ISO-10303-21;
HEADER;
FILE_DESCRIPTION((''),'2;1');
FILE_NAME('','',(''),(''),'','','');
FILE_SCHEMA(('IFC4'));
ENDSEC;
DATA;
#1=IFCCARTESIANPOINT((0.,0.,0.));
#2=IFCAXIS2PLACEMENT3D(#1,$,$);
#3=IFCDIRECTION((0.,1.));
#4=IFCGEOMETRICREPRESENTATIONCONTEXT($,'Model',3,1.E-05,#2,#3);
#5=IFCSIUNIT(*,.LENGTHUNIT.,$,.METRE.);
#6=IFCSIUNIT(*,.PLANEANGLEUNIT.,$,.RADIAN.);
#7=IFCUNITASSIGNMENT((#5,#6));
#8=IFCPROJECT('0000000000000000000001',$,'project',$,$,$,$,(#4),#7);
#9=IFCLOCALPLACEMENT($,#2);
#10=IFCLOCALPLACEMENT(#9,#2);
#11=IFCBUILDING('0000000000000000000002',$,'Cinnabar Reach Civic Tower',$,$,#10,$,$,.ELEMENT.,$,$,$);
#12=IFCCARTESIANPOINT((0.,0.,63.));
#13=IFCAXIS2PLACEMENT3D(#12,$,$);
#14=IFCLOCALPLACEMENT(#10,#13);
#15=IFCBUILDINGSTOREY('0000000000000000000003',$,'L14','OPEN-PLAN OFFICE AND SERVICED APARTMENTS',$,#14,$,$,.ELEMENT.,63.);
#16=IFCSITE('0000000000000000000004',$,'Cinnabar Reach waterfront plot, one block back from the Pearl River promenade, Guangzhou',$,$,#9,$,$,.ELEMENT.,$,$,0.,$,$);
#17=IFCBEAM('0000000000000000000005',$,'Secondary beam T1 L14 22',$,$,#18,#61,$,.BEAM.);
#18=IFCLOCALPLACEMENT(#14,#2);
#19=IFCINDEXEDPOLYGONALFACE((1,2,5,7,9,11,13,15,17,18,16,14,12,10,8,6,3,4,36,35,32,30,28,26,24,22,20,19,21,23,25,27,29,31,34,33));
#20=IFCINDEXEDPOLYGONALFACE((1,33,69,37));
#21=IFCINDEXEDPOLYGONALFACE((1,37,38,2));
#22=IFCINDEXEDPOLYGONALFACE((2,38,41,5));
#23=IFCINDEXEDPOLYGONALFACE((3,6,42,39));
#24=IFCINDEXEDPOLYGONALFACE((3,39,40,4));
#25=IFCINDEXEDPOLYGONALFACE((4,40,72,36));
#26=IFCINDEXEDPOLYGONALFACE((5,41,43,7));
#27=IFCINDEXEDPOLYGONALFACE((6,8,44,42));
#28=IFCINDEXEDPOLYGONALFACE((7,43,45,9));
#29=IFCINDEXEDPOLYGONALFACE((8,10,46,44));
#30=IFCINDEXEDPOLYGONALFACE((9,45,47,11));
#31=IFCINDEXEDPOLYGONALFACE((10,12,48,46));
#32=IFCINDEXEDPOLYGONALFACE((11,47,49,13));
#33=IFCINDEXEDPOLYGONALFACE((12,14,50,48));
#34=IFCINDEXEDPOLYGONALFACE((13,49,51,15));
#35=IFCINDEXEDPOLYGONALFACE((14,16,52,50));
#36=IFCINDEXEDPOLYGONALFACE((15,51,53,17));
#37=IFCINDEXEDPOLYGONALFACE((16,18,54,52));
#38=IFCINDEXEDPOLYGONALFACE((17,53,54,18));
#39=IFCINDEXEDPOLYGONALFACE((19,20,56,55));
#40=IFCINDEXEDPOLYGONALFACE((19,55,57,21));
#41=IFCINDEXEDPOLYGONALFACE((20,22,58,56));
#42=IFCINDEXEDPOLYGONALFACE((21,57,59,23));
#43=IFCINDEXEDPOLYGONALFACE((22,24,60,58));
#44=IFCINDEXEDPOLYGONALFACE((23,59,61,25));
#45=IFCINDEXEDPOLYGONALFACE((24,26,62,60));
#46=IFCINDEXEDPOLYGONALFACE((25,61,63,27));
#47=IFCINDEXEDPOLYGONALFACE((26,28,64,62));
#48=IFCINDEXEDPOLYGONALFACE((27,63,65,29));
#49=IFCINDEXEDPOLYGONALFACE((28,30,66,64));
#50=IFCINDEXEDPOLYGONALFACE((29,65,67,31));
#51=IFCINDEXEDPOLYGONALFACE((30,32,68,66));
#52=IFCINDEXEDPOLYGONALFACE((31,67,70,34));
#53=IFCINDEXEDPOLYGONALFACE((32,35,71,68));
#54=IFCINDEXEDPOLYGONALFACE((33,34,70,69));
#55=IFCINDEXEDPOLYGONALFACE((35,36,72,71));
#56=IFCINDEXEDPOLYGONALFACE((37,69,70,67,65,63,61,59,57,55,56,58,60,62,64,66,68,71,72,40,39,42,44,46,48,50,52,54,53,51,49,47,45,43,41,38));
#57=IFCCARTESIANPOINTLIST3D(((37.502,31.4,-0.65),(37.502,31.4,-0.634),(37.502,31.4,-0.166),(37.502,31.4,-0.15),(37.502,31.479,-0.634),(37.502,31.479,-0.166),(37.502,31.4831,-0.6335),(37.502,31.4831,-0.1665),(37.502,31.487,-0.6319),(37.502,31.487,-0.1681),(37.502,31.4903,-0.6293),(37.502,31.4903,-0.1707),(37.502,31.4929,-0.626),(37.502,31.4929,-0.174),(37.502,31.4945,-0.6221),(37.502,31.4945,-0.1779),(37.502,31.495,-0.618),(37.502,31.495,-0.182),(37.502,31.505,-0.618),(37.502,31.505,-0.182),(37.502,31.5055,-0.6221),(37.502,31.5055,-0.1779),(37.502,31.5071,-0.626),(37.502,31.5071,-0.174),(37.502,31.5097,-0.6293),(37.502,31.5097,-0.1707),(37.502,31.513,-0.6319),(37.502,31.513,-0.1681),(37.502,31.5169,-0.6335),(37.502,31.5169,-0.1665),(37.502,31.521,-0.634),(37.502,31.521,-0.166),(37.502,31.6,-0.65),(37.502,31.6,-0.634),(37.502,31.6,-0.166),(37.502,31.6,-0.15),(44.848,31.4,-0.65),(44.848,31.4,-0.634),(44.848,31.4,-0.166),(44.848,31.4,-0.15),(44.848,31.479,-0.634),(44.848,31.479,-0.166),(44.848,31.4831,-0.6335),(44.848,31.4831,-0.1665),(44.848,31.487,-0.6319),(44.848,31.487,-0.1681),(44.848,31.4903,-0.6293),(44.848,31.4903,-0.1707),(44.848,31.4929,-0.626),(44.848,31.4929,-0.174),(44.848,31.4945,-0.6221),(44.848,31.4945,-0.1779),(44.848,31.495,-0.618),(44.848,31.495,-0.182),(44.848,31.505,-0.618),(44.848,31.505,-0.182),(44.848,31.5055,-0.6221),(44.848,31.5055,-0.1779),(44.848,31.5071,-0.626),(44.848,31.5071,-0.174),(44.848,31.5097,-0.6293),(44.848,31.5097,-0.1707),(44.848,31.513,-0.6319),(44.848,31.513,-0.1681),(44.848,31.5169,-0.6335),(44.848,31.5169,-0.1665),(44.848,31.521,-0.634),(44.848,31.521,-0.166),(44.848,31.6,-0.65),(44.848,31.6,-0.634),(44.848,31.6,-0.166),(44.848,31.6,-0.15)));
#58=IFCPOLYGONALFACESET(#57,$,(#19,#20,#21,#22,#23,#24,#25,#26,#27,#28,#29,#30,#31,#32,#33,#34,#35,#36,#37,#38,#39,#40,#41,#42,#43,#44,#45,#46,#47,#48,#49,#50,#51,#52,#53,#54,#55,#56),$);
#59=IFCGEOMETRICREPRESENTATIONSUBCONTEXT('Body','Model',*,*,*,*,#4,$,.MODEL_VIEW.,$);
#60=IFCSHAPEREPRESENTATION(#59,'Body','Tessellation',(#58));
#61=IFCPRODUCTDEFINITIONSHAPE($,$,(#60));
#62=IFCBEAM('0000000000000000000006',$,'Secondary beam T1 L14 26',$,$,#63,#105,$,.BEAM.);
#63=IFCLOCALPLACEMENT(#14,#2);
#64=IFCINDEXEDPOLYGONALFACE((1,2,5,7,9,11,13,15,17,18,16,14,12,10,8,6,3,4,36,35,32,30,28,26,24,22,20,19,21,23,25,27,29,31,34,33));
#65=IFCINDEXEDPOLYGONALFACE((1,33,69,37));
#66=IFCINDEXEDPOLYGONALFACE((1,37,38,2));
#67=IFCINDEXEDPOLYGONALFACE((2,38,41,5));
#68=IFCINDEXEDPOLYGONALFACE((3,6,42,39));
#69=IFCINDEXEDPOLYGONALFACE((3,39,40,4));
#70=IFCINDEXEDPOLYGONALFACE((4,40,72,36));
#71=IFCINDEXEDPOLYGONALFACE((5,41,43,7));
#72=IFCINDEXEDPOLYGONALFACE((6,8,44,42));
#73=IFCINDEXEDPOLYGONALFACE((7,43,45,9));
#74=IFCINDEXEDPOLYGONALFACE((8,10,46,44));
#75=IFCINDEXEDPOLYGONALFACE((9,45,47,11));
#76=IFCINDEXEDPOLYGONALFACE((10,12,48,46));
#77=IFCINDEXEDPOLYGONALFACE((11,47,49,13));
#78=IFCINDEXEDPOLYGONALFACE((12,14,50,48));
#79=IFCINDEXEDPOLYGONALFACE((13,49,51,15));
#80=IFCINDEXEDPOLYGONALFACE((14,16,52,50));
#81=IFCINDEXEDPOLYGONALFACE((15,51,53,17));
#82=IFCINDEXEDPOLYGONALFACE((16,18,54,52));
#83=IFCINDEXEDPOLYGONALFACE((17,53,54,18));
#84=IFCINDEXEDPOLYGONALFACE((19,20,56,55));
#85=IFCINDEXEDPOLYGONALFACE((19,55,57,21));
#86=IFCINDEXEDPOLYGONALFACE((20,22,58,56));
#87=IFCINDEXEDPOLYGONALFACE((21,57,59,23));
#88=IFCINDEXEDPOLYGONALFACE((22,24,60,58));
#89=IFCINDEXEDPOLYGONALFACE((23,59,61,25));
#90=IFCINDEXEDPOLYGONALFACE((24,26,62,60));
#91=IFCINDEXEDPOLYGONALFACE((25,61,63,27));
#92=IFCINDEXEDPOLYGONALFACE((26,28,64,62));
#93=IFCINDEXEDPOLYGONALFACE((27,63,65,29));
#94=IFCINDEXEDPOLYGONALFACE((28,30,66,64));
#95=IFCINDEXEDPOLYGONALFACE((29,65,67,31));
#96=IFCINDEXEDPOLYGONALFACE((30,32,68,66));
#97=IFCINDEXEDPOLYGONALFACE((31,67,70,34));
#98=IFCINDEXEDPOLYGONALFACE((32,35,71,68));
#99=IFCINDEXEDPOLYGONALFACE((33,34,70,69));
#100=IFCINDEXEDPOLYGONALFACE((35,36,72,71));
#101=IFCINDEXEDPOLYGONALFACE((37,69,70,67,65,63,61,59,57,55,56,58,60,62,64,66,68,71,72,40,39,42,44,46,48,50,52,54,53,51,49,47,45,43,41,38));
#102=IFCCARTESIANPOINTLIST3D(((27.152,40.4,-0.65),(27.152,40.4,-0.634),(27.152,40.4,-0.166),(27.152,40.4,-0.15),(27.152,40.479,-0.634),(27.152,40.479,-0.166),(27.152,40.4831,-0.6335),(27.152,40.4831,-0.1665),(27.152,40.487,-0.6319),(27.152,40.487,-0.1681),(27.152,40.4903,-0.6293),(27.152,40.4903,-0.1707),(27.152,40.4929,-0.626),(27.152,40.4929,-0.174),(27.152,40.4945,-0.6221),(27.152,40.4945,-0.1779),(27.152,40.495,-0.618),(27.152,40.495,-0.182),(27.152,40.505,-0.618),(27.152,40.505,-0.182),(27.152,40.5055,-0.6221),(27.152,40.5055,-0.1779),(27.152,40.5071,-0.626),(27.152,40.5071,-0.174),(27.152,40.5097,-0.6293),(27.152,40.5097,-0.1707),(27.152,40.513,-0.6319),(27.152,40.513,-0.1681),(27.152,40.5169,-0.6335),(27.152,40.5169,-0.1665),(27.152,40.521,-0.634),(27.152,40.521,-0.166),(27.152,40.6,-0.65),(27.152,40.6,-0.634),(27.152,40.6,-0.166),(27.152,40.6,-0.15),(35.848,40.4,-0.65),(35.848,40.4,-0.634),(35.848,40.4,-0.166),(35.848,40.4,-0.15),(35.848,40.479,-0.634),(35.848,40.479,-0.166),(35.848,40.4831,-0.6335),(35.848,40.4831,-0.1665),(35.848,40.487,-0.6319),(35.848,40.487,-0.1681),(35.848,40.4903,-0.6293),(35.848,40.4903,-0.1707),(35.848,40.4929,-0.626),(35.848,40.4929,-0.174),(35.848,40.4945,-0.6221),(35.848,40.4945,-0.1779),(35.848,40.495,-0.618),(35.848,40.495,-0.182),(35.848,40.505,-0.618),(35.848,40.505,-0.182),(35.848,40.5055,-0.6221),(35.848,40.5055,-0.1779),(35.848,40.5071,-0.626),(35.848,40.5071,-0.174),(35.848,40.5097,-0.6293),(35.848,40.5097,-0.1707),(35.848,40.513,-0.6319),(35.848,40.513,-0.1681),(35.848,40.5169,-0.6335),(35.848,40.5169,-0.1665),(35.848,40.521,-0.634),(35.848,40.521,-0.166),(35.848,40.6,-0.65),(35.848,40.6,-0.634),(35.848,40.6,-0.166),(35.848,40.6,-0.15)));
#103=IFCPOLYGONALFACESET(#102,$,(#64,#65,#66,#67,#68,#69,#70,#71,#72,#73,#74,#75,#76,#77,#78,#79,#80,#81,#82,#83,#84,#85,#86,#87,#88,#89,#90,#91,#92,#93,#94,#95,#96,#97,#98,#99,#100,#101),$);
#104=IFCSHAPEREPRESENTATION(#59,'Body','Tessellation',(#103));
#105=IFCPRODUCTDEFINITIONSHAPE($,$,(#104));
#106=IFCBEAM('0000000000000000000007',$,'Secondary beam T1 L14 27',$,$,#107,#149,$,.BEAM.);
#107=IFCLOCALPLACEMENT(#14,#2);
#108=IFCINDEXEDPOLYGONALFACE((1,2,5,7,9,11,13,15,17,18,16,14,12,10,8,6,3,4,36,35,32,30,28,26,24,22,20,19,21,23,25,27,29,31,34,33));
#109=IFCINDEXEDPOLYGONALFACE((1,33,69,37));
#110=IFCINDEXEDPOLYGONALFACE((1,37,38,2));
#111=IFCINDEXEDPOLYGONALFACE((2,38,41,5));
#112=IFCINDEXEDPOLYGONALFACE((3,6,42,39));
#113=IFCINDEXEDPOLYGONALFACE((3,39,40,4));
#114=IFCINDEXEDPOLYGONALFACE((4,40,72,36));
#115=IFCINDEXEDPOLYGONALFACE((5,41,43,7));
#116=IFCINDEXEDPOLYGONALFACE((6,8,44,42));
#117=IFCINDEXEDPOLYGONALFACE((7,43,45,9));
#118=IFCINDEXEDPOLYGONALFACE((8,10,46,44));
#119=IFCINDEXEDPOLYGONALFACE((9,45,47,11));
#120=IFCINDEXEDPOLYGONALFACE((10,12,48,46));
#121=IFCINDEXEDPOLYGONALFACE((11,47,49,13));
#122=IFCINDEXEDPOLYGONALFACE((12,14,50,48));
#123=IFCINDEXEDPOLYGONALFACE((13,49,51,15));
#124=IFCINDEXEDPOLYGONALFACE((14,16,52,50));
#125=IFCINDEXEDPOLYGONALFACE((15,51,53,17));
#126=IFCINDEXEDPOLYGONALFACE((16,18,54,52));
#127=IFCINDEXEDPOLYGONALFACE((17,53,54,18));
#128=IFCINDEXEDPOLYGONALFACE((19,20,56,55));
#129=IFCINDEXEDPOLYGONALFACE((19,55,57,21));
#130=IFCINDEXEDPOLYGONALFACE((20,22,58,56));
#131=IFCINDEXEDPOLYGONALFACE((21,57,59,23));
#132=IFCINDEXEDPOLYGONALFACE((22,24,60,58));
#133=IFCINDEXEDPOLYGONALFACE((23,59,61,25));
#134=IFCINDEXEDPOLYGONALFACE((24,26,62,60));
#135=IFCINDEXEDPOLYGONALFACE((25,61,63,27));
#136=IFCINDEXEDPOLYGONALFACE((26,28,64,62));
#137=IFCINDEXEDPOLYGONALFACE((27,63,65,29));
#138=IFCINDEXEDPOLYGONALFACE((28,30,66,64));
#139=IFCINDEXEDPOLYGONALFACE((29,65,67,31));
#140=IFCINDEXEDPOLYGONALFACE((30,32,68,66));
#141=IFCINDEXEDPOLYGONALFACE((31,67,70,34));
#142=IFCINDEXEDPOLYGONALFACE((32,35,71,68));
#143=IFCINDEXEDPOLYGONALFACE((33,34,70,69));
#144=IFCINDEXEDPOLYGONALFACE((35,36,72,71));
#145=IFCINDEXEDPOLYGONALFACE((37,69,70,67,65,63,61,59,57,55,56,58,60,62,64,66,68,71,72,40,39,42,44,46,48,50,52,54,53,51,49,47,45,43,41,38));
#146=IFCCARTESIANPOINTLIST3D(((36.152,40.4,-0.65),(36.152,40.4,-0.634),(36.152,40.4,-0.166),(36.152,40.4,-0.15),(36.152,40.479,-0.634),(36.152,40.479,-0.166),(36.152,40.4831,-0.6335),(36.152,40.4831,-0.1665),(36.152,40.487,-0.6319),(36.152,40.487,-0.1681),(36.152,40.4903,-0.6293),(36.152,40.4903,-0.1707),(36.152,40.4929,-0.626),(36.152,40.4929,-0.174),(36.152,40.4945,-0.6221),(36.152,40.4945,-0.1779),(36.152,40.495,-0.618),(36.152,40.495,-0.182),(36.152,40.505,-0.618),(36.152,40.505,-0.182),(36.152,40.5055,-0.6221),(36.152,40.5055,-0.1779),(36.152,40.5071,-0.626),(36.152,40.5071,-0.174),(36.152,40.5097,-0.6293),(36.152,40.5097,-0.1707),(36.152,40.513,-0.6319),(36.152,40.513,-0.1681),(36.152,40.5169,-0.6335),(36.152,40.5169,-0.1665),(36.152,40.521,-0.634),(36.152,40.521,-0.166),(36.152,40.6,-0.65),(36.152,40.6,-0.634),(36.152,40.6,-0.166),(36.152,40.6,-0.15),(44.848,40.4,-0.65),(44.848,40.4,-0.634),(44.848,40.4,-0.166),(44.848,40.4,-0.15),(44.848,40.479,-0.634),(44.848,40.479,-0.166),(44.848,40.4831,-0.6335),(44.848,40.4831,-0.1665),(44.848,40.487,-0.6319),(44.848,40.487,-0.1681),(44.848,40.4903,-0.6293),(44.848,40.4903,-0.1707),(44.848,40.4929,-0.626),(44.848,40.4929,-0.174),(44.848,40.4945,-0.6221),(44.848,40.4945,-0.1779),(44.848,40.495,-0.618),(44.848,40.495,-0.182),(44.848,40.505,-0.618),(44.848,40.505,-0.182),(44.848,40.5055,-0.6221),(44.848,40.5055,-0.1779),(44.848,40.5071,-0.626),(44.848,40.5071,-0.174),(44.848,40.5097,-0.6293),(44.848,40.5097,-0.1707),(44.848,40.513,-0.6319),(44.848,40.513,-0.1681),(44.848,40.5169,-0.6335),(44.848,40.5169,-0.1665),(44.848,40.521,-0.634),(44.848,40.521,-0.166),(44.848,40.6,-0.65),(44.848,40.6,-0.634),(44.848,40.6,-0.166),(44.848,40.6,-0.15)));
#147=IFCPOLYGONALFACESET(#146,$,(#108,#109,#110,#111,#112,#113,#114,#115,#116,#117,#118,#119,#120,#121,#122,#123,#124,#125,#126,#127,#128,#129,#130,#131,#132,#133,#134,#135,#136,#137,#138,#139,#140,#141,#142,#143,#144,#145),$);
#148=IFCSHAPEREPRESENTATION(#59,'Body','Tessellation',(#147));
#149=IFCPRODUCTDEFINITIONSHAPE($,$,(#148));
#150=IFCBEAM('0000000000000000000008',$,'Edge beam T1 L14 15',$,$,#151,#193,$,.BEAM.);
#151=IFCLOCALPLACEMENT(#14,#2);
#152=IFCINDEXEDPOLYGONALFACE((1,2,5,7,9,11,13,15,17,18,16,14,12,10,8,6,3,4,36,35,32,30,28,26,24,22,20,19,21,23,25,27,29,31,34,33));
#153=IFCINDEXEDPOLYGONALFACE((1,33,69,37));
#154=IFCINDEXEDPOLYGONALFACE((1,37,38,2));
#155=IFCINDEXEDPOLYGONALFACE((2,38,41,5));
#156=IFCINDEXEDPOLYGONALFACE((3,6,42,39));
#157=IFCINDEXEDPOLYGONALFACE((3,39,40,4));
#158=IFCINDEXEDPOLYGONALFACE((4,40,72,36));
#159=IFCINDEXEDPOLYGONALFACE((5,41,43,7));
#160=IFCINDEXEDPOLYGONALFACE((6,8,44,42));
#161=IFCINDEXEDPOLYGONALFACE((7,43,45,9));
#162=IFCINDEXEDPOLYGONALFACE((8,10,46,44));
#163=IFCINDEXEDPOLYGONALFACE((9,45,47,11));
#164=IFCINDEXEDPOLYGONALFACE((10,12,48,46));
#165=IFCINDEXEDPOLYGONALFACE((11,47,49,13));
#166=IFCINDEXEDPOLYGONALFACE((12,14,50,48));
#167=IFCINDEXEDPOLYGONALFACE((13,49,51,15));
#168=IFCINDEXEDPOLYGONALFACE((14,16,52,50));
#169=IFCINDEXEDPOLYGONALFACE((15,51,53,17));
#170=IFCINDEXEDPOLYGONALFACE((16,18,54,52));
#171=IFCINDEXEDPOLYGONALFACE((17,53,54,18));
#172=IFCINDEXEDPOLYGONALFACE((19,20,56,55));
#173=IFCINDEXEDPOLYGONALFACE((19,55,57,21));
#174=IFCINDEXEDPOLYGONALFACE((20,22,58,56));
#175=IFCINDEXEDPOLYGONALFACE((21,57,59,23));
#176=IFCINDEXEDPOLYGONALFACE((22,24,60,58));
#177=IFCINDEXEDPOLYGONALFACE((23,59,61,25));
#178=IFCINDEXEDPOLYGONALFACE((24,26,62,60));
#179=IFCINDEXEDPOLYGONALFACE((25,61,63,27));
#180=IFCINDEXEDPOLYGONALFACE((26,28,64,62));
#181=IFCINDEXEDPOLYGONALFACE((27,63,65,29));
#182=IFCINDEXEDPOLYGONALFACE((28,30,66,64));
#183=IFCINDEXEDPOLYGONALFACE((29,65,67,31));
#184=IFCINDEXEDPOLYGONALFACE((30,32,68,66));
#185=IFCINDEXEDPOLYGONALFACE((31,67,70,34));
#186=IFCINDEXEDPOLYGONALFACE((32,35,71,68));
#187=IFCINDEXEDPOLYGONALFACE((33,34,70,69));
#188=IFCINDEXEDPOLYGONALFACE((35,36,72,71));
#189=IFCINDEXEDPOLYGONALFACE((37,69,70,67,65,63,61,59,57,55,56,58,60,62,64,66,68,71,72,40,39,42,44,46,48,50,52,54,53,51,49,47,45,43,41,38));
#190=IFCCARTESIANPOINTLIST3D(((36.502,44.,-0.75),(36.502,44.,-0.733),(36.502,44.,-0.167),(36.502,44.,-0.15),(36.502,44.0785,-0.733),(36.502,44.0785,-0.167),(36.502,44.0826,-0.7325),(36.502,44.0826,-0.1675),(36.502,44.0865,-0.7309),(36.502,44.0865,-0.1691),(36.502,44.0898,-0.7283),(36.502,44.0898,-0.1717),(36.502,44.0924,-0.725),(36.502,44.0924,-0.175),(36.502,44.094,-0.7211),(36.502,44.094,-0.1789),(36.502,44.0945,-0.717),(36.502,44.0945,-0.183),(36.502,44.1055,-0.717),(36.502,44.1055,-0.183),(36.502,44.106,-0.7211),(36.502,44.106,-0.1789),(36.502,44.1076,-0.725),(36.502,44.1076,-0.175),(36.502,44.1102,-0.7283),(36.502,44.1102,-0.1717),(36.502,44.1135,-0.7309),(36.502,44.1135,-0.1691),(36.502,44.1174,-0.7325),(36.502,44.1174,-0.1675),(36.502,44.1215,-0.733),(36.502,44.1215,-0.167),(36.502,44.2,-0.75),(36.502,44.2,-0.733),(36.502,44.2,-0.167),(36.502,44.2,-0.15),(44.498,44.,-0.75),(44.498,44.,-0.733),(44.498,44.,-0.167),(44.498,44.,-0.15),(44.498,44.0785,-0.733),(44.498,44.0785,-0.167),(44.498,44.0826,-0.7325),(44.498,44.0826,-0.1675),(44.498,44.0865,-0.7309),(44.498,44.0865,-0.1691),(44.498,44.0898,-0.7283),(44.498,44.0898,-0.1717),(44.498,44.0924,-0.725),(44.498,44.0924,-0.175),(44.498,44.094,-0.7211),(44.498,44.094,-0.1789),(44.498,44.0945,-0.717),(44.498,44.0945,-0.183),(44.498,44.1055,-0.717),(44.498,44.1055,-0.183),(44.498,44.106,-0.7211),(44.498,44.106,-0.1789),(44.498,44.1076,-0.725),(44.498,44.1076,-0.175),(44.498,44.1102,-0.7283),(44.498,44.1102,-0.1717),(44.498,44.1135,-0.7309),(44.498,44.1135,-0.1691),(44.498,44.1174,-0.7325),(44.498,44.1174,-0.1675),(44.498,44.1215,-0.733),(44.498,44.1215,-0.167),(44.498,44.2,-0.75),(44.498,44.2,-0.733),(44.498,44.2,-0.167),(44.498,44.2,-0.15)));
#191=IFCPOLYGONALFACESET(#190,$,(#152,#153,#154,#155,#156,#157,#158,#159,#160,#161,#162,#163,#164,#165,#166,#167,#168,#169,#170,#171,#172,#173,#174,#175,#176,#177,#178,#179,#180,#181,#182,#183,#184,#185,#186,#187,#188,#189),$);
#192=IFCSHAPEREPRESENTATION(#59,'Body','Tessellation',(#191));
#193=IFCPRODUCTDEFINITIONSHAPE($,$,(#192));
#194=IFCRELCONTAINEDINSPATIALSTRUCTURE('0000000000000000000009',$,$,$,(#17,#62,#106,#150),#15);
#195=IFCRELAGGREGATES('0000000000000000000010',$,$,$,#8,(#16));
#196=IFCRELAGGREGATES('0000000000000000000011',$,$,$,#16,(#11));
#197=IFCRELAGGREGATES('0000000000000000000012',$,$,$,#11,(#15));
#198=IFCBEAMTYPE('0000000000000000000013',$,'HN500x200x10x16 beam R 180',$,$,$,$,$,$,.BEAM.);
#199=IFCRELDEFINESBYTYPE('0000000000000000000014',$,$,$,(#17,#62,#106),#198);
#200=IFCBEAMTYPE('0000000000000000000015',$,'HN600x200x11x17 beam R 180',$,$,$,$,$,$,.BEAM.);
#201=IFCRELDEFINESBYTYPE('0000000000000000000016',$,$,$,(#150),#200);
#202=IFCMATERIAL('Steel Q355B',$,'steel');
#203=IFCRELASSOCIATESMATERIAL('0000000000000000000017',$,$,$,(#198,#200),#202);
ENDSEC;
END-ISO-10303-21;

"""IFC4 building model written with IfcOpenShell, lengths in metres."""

from ifc_helpers import new_model, si_unit, direction, frame, origin, origin_2d, place, context, subcontext, project, spatial, i_section, extrude, material, material_profile, profile_set, type_object, element, save


model = new_model("IFC4")

# Units and contexts
model_context = context("Model", 3, precision=1e-05, world=origin(), true_north=direction((0.0, 1.0)))
body_context = subcontext(model_context, "Body", "Model", "MODEL_VIEW")
ifc_project = project(units=[si_unit("LENGTHUNIT", "METRE"), si_unit("PLANEANGLEUNIT", "RADIAN")], contexts=[model_context])

# Site, building, storey
site_placement = place(None, origin())
site = spatial("IfcSite", under=ifc_project, at=site_placement, Name="Cinnabar Reach waterfront plot, one block back from the Pearl River promenade, Guangzhou", CompositionType="ELEMENT", RefElevation=0.0)
building_placement = place(site_placement, origin())
building = spatial("IfcBuilding", under=site, at=building_placement, Name="Cinnabar Reach Civic Tower", CompositionType="ELEMENT")
storey_placement = place(building_placement, frame((0.0, 0.0, 63.0)))
storey = spatial("IfcBuildingStorey", under=building, at=storey_placement, Name="L14", Description="OPEN-PLAN OFFICE AND SERVICED APARTMENTS", CompositionType="ELEMENT", Elevation=63.0)

# Beams
ifc_material_1 = material(Name="Steel Q355B", Category="steel")
ifc_material_profile_1 = material_profile(ifc_material_1, i_section(OverallWidth=0.2, OverallDepth=0.5, WebThickness=0.01, FlangeThickness=0.016, FilletRadius=0.016, at=origin_2d()), Name="HN500x200x10x16")
ifc_profile_set_1 = profile_set([ifc_material_profile_1], Name="Steel Q355B")
beam_type_1 = type_object("IfcBeamType", Name="HN500x200x10x16 beam R 180", PredefinedType="BEAM", material=ifc_profile_set_1)
beam_1_placement = place(storey_placement, frame((37.502, 31.5, -0.4), z_axis=(1.0, 0.0, 0.0), x_axis=(0.0, 1.0, 0.0)))
element("IfcBeam", 1, at=beam_1_placement, inside=storey, type_object=beam_type_1, Name="Secondary beam T1 L14 22", PredefinedType="BEAM", context=body_context, shape_type="SweptSolid", body=[
    extrude(i_section(OverallWidth=0.2, OverallDepth=0.5, WebThickness=0.01, FlangeThickness=0.016, FilletRadius=0.016, at=origin_2d()), origin(), (0.0, 0.0, 1.0), 7.346),
])
for number, where, z_axis, x_axis, name in (
    (2, (27.152, 40.5, -0.4), (1.0, 0.0, 0.0), (0.0, 1.0, 0.0), "Secondary beam T1 L14 26"),
    (3, (36.152, 40.5, -0.4), (1.0, 0.0, 0.0), (0.0, 1.0, 0.0), "Secondary beam T1 L14 27"),
):
    element("IfcBeam", number, at=place(storey_placement, frame(where, z_axis=z_axis, x_axis=x_axis)), inside=storey, type_object=beam_type_1, Name=name, PredefinedType="BEAM", context=body_context, shape_type="SweptSolid", body=[
        extrude(i_section(OverallWidth=0.2, OverallDepth=0.5, WebThickness=0.01, FlangeThickness=0.016, FilletRadius=0.016, at=origin_2d()), origin(), (0.0, 0.0, 1.0), 8.696),
    ])
ifc_material_profile_2 = material_profile(ifc_material_1, i_section(OverallWidth=0.2, OverallDepth=0.6, WebThickness=0.011, FlangeThickness=0.017, FilletRadius=0.016, at=origin_2d()), Name="HN600x200x11x17")
ifc_profile_set_2 = profile_set([ifc_material_profile_2], Name="Steel Q355B")
beam_type_2 = type_object("IfcBeamType", Name="HN600x200x11x17 beam R 180", PredefinedType="BEAM", material=ifc_profile_set_2)
for number, where, z_axis, x_axis, name in (
    (4, (44.498, 44.1, -0.45), (-1.0, 0.0, 0.0), (0.0, -1.0, 0.0), "Edge beam T1 L14 15"),
):
    element("IfcBeam", number, at=place(storey_placement, frame(where, z_axis=z_axis, x_axis=x_axis)), inside=storey, type_object=beam_type_2, Name=name, PredefinedType="BEAM", context=body_context, shape_type="SweptSolid", body=[
        extrude(i_section(OverallWidth=0.2, OverallDepth=0.6, WebThickness=0.011, FlangeThickness=0.017, FilletRadius=0.016, at=origin_2d()), origin(), (0.0, 0.0, 1.0), 7.996),
    ])

save(model, "model.ifc")
